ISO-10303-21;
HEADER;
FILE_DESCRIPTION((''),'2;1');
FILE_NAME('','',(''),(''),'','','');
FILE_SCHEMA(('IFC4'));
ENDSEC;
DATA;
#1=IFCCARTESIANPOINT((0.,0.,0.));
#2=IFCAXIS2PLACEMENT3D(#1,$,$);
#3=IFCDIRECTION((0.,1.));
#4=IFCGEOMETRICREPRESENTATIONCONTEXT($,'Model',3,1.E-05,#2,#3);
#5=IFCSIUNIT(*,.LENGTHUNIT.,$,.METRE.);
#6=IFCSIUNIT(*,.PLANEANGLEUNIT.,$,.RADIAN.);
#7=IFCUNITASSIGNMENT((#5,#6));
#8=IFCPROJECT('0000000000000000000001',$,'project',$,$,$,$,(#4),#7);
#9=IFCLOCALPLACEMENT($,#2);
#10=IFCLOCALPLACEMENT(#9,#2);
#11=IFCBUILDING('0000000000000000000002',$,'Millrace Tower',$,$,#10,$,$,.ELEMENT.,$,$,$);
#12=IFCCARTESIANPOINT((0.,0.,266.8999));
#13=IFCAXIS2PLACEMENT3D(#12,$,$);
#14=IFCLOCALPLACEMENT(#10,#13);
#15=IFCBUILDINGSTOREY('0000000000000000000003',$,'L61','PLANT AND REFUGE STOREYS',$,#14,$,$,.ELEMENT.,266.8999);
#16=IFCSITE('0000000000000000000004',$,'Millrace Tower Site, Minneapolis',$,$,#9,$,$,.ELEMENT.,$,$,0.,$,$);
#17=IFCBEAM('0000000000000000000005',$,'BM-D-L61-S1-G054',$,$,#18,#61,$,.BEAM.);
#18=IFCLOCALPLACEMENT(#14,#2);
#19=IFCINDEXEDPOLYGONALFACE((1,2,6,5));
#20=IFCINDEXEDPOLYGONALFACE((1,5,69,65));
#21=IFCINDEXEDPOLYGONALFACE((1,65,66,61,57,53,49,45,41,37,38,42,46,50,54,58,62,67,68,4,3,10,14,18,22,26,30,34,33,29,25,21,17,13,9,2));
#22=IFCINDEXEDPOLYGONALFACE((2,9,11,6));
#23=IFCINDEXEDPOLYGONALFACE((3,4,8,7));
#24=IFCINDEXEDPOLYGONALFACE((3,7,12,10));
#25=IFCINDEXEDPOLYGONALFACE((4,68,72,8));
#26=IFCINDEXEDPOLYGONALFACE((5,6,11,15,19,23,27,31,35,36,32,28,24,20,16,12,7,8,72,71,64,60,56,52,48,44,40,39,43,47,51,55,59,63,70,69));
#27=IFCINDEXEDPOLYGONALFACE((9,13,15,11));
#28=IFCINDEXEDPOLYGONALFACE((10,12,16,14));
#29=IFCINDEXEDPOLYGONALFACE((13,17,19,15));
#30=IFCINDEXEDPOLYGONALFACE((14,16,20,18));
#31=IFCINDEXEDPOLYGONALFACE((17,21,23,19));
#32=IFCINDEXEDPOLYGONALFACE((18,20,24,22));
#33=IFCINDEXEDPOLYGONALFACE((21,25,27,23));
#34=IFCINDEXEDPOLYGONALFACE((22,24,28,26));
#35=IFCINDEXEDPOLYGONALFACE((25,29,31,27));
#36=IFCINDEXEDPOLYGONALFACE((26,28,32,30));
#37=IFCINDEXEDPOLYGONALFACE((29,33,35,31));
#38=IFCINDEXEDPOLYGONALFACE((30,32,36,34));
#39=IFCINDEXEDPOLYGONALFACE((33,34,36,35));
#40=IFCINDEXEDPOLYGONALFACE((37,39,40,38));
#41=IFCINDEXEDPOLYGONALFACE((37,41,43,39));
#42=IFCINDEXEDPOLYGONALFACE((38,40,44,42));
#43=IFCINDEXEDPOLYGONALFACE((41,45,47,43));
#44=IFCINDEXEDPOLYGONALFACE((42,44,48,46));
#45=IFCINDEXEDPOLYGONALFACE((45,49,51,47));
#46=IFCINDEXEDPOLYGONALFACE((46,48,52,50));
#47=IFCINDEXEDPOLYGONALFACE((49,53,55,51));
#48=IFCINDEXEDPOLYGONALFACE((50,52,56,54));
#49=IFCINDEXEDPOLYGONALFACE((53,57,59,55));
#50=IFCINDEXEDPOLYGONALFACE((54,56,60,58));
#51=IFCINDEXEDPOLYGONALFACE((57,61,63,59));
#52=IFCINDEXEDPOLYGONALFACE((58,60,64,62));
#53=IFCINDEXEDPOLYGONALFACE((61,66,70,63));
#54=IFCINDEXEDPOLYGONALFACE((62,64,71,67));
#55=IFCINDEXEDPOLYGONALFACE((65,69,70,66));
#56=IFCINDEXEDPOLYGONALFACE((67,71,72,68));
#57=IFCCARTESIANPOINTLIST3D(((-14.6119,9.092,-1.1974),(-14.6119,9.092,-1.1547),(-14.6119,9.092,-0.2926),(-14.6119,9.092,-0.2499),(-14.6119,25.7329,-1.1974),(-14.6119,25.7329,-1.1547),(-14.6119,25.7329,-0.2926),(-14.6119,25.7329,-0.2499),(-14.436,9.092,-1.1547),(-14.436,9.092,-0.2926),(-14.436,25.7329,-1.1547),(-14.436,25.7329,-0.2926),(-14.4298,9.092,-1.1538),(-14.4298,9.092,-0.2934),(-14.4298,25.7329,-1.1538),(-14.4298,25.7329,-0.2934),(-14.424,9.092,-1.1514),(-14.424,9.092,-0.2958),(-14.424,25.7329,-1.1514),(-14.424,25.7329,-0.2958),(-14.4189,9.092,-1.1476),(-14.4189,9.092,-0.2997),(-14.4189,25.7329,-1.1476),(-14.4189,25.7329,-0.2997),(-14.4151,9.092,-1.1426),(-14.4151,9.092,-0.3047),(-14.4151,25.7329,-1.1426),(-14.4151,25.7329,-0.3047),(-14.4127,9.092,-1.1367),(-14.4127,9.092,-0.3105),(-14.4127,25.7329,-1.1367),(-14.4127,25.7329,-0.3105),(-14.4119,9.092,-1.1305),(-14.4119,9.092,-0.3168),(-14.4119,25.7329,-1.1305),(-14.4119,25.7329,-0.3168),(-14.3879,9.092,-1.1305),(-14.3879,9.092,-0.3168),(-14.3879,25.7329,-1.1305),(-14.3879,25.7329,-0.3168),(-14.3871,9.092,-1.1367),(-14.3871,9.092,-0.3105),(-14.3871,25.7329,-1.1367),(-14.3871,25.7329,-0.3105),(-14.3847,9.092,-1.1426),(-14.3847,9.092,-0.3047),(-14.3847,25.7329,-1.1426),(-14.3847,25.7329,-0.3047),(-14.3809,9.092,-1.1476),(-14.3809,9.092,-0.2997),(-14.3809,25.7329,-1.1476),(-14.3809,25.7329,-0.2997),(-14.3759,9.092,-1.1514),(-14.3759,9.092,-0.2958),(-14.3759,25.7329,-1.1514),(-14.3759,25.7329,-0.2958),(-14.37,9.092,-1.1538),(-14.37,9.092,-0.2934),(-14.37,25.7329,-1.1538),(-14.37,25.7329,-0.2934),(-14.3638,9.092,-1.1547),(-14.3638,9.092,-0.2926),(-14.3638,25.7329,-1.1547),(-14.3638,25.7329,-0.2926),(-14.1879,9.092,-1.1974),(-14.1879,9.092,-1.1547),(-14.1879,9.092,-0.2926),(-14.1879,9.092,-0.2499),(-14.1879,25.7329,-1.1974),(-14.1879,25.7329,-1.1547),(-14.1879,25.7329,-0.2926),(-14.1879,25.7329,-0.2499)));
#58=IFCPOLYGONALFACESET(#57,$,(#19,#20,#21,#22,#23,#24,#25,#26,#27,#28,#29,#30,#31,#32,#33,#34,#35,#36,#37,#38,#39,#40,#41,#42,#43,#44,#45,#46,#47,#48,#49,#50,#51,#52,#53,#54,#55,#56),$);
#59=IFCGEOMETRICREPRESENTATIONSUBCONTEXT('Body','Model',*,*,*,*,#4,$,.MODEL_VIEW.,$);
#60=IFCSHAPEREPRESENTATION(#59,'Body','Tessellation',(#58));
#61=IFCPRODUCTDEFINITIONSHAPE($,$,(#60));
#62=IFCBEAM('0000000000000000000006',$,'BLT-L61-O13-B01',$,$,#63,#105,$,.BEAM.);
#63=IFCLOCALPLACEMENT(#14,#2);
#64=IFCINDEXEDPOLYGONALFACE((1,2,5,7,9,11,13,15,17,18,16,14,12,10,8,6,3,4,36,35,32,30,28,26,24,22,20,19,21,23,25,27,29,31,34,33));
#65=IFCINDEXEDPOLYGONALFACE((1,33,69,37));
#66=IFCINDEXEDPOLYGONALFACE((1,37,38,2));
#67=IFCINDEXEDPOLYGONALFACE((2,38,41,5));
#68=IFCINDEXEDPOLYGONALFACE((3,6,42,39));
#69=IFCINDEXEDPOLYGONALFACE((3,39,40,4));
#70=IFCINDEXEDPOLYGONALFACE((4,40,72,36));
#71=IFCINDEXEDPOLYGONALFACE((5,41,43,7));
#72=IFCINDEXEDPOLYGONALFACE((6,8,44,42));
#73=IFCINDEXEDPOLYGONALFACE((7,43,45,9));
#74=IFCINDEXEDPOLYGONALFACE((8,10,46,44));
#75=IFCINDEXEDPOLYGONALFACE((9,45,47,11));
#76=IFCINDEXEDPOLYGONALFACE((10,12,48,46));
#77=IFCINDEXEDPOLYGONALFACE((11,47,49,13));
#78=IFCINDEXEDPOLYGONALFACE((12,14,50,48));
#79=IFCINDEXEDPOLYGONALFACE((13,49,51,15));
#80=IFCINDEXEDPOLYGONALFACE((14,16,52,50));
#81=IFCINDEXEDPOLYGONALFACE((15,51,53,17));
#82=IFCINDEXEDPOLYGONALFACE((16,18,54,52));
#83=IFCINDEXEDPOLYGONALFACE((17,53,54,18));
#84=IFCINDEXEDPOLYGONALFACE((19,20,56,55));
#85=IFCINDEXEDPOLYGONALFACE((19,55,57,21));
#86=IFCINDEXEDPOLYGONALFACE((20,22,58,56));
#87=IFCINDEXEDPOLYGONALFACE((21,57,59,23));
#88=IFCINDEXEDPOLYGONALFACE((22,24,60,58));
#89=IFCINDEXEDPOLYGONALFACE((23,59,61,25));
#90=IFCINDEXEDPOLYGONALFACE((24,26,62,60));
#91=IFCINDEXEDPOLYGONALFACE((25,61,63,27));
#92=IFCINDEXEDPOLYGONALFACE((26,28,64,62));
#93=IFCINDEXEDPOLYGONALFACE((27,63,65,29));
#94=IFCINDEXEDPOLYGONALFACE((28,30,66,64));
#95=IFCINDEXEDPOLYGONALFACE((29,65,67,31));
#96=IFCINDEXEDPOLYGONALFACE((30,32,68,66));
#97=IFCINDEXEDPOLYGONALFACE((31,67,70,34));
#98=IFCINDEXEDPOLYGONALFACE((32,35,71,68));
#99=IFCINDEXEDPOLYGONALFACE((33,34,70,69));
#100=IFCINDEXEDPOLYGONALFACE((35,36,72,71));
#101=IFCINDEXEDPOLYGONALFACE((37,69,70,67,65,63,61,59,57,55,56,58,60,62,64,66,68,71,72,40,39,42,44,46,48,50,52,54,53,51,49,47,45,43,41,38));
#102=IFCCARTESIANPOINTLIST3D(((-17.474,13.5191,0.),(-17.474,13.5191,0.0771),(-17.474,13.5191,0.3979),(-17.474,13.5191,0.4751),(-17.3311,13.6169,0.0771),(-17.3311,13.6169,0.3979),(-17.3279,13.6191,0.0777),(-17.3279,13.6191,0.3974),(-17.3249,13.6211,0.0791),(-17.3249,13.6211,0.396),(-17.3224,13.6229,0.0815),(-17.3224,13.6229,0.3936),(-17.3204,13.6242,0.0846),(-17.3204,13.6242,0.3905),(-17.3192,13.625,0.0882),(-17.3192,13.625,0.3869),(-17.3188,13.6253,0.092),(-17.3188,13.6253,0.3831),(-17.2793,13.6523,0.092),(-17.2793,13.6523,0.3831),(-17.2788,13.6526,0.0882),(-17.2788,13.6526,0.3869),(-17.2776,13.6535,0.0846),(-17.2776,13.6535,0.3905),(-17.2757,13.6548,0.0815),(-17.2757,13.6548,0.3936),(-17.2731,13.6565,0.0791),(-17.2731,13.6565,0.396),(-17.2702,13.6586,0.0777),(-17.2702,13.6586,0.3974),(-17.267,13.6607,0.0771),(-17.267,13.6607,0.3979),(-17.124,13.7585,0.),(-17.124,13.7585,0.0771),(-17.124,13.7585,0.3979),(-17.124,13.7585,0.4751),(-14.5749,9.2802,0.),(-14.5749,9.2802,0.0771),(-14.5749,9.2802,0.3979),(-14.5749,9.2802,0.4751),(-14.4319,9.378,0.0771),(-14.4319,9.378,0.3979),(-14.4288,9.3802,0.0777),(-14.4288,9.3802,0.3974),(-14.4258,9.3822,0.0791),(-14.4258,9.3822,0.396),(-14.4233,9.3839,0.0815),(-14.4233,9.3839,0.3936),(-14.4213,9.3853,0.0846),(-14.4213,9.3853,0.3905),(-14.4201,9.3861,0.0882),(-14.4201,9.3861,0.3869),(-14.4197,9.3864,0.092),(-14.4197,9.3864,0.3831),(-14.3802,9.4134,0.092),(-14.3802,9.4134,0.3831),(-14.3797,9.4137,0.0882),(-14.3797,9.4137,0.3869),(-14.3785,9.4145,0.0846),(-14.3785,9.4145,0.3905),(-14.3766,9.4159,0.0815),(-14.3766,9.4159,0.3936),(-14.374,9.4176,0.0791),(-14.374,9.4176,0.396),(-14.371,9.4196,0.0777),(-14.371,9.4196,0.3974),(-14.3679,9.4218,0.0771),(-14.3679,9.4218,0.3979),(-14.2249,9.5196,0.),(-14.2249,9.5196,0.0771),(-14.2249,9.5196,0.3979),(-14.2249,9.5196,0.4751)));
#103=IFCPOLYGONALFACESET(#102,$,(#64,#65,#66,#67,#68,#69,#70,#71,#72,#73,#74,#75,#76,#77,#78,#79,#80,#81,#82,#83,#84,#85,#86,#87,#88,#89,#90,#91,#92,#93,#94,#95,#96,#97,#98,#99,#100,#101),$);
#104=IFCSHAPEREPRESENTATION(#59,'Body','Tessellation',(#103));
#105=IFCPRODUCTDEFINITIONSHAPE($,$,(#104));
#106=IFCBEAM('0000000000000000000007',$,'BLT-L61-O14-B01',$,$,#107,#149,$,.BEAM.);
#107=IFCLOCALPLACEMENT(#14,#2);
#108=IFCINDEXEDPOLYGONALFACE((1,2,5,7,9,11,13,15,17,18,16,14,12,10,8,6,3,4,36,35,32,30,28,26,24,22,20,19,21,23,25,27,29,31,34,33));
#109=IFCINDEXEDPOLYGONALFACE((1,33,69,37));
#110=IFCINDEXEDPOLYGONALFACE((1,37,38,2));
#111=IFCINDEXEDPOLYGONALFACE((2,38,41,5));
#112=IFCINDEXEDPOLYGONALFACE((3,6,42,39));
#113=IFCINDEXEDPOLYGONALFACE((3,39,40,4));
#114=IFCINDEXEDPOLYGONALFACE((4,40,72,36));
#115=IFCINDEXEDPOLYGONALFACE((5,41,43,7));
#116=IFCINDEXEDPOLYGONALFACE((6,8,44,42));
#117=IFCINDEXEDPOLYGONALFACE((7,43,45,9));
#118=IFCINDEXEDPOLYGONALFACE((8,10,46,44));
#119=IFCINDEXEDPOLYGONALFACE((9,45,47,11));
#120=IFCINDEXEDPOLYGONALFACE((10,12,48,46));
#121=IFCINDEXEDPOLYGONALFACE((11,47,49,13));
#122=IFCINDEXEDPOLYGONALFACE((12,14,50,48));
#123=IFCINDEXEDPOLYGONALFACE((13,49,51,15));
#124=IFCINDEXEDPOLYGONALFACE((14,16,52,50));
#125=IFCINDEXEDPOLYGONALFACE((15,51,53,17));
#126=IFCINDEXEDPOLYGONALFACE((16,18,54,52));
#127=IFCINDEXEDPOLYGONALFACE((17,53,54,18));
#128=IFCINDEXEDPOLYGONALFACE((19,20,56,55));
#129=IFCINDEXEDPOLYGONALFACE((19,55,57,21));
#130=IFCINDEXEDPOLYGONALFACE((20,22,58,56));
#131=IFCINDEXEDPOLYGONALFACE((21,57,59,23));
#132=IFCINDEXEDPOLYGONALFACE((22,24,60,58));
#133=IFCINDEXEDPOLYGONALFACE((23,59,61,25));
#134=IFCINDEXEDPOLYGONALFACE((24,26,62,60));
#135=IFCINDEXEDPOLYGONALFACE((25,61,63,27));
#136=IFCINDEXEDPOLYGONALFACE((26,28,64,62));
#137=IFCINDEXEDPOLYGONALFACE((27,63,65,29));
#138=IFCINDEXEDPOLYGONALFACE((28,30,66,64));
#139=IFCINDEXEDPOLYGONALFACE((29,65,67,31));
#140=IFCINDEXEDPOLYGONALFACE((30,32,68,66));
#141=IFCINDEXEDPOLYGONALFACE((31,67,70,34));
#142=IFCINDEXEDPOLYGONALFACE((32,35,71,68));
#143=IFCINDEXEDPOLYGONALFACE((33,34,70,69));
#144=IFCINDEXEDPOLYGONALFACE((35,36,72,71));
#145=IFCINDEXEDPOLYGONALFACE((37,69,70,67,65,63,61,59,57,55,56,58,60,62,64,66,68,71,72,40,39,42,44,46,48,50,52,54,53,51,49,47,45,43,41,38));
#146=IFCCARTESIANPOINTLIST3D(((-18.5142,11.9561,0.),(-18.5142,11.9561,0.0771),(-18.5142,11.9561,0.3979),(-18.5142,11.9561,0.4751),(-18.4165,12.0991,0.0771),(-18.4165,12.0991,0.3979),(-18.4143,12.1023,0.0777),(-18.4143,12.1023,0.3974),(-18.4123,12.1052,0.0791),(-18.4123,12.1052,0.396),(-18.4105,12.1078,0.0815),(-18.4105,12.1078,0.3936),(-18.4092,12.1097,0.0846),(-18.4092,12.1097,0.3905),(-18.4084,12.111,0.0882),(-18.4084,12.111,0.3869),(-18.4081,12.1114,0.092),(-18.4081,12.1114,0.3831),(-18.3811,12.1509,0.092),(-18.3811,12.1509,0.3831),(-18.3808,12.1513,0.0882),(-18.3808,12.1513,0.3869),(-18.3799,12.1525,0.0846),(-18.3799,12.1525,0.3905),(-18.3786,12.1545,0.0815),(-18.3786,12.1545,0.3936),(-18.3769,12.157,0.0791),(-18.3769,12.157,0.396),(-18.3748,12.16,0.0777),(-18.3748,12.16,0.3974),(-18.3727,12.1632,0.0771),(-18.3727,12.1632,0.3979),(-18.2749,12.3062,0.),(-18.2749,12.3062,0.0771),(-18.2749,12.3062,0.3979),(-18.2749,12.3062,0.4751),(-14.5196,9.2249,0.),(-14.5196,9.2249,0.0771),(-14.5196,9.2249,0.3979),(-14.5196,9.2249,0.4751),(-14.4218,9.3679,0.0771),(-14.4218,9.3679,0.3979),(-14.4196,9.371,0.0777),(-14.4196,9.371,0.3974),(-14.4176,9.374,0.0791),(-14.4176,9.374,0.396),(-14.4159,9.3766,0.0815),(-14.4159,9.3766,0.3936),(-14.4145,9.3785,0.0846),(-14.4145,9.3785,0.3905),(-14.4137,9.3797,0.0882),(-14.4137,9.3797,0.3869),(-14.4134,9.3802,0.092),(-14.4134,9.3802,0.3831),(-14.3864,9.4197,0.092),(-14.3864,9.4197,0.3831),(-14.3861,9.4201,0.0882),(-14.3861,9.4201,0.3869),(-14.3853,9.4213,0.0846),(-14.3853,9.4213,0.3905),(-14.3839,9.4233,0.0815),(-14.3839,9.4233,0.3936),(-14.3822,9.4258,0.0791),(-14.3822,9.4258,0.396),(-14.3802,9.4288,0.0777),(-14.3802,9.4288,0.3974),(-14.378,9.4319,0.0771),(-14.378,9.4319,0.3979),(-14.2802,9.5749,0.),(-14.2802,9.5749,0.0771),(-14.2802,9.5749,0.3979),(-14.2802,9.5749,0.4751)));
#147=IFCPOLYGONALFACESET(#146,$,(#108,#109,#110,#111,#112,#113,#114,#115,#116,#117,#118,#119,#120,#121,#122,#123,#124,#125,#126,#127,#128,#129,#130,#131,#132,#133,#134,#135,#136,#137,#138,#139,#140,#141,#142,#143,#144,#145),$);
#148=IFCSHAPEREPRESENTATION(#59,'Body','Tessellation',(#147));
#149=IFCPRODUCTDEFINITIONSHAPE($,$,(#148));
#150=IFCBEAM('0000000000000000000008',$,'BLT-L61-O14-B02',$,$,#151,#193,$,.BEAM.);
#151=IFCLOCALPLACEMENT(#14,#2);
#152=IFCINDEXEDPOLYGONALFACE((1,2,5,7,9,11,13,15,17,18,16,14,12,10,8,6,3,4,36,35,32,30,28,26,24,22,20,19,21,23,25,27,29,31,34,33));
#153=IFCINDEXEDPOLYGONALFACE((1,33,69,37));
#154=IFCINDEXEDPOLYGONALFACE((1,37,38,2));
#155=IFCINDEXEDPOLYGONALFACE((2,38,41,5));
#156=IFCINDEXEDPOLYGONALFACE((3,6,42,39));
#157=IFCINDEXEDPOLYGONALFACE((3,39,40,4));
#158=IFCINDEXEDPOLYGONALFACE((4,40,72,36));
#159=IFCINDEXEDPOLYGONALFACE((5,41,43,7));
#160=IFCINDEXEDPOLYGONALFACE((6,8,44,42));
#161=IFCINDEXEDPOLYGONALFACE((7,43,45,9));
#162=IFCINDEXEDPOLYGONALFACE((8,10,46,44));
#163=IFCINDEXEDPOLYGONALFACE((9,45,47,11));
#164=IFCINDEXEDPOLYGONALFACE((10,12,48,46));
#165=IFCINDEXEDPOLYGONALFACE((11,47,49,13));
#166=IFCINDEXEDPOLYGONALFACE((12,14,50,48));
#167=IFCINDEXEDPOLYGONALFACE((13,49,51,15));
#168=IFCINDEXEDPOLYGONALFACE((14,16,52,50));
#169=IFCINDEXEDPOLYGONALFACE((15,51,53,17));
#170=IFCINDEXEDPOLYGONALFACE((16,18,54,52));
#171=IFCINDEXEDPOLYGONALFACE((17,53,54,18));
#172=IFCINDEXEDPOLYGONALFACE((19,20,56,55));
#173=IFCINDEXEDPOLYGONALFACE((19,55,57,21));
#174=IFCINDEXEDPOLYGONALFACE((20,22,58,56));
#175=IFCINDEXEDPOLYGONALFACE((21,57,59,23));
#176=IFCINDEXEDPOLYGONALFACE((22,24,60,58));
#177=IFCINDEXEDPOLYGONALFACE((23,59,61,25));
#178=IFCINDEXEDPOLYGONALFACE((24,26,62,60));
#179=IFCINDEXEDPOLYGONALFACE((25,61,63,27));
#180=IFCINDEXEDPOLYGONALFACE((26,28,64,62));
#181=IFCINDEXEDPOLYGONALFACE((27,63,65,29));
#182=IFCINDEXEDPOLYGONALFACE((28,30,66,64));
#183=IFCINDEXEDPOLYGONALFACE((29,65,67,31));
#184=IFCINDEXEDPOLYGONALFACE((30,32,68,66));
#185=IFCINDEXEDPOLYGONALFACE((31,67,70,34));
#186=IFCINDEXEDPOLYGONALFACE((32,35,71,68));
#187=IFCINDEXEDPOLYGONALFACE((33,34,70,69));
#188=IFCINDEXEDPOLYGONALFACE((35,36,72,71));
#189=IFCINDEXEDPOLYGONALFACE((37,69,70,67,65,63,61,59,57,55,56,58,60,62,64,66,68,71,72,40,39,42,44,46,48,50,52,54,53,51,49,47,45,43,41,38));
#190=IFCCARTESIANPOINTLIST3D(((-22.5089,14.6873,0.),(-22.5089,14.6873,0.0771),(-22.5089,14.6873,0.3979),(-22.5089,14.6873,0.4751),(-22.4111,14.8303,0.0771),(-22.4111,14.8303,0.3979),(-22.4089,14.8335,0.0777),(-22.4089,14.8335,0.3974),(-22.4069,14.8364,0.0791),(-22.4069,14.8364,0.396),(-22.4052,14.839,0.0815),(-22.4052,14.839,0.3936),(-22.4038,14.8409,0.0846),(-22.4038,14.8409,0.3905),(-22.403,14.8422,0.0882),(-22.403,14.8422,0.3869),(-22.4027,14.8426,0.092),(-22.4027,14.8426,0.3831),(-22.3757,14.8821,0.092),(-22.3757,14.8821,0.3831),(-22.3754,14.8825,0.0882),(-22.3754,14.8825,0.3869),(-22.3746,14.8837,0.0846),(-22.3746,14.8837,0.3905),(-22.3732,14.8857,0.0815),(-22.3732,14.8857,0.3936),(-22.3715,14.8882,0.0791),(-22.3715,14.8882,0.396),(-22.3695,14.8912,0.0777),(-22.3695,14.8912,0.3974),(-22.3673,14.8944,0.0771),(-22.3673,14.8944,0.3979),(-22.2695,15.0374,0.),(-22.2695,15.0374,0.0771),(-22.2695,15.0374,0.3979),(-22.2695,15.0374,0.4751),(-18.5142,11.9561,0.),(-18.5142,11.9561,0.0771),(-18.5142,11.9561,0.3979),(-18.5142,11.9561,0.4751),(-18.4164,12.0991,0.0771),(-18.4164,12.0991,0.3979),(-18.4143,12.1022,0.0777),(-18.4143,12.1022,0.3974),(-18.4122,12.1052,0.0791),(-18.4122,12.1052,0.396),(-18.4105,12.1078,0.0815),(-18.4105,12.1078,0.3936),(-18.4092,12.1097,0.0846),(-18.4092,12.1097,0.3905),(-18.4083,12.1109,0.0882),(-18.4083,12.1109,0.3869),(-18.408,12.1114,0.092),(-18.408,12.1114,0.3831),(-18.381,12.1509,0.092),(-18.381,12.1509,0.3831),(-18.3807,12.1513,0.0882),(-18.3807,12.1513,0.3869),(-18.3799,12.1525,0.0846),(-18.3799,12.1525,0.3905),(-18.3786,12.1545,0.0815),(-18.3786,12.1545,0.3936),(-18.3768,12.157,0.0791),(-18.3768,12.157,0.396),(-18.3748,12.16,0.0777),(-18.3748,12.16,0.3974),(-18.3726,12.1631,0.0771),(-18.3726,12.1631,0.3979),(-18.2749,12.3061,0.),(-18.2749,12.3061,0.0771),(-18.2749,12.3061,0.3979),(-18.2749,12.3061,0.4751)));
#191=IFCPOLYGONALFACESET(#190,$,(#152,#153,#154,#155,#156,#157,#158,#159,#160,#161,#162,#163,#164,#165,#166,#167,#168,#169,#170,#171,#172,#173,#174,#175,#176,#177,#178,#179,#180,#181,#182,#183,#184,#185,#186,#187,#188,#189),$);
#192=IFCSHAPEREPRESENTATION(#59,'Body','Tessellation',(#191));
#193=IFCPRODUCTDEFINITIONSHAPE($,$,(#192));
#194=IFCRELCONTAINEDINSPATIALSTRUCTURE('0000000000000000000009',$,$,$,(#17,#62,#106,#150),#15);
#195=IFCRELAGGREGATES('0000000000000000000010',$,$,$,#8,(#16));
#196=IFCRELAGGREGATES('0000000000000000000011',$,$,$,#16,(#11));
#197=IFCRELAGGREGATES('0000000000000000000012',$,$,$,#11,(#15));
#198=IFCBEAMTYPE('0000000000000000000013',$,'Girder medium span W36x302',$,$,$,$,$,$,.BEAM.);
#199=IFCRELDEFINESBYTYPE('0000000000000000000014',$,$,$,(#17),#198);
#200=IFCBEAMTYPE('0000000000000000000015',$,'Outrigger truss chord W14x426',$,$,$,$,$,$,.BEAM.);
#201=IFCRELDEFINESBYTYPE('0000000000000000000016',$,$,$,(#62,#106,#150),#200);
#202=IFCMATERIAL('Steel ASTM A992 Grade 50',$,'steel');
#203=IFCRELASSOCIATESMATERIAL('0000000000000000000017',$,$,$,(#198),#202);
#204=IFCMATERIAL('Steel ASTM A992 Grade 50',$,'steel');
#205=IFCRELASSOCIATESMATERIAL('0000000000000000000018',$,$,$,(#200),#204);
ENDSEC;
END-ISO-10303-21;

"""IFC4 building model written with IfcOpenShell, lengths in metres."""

from ifc_helpers import new_model, si_unit, direction, frame, origin, origin_2d, place, context, subcontext, project, spatial, i_section, extrude, material, material_profile, profile_set, type_object, element, save


model = new_model("IFC4")

# Units and contexts
model_context = context("Model", 3, precision=1e-05, world=origin(), true_north=direction((0.0, 1.0)))
body_context = subcontext(model_context, "Body", "Model", "MODEL_VIEW")
ifc_project = project(units=[si_unit("LENGTHUNIT", "METRE"), si_unit("PLANEANGLEUNIT", "RADIAN")], contexts=[model_context])

# Site, building, storey
site_placement = place(None, origin())
site = spatial("IfcSite", under=ifc_project, at=site_placement, Name="Millrace Tower Site, Minneapolis", CompositionType="ELEMENT", RefElevation=0.0)
building_placement = place(site_placement, origin())
building = spatial("IfcBuilding", under=site, at=building_placement, Name="Millrace Tower", CompositionType="ELEMENT")
storey_placement = place(building_placement, frame((0.0, 0.0, 266.8999)))
storey = spatial("IfcBuildingStorey", under=building, at=storey_placement, Name="L61", Description="PLANT AND REFUGE STOREYS", CompositionType="ELEMENT", Elevation=266.8999)

# Beams
ifc_material_1 = material(Name="Steel ASTM A992 Grade 50", Category="steel")
ifc_material_profile_1 = material_profile(ifc_material_1, i_section(OverallWidth=0.4241, OverallDepth=0.9475, WebThickness=0.0239, FlangeThickness=0.0427, FilletRadius=0.0242, at=origin_2d()))
ifc_profile_set_1 = profile_set([ifc_material_profile_1], Name="Steel ASTM A992 Grade 50")
beam_type_1 = type_object("IfcBeamType", Name="Girder medium span W36x302", PredefinedType="BEAM", material=ifc_profile_set_1)
beam_1_placement = place(storey_placement, frame((-14.3999, 9.092, -0.7236), z_axis=(0.0, 1.0, 0.0), x_axis=(-1.0, 0.0, 0.0)))
element("IfcBeam", 1, at=beam_1_placement, inside=storey, type_object=beam_type_1, Name="BM-D-L61-S1-G054", PredefinedType="BEAM", context=body_context, shape_type="SweptSolid", body=[
    extrude(i_section(OverallWidth=0.4241, OverallDepth=0.9475, WebThickness=0.0239, FlangeThickness=0.0427, FilletRadius=0.0242, at=origin_2d()), origin(), (0.0, 0.0, 1.0), 16.6409),
])
ifc_material_2 = material(Name="Steel ASTM A992 Grade 50", Category="steel")
ifc_material_profile_2 = material_profile(ifc_material_2, i_section(OverallWidth=0.4241, OverallDepth=0.4751, WebThickness=0.0479, FlangeThickness=0.0771, FilletRadius=0.0149, at=origin_2d()))
ifc_profile_set_2 = profile_set([ifc_material_profile_2], Name="Steel ASTM A992 Grade 50")
beam_type_2 = type_object("IfcBeamType", Name="Outrigger truss chord W14x426", PredefinedType="BEAM", material=ifc_profile_set_2)
beam_2_placement = place(storey_placement, frame((-14.3999, 9.3999, 0.2375), z_axis=(-0.564524, 0.825417, 0.0), x_axis=(-0.825417, -0.564524, 0.0)))
element("IfcBeam", 2, at=beam_2_placement, inside=storey, type_object=beam_type_2, Name="BLT-L61-O13-B01", PredefinedType="BEAM", context=body_context, shape_type="SweptSolid", body=[
    extrude(i_section(OverallWidth=0.4241, OverallDepth=0.4751, WebThickness=0.0479, FlangeThickness=0.0771, FilletRadius=0.0149, at=origin_2d()), origin(), (0.0, 0.0, 1.0), 5.1355),
])
for number, where, z_axis, x_axis, name in (
    (3, (-14.3999, 9.3999, 0.2375), (-0.825497, 0.564407, 0.0), (-0.564407, -0.825497, 0.0), "BLT-L61-O14-B01"),
    (4, (-18.3945, 12.1311, 0.2375), (-0.825497, 0.564407, 0.0), (-0.564407, -0.825497, 0.0), "BLT-L61-O14-B02"),
):
    element("IfcBeam", number, at=place(storey_placement, frame(where, z_axis=z_axis, x_axis=x_axis)), inside=storey, type_object=beam_type_2, Name=name, PredefinedType="BEAM", context=body_context, shape_type="SweptSolid", body=[
        extrude(i_section(OverallWidth=0.4241, OverallDepth=0.4751, WebThickness=0.0479, FlangeThickness=0.0771, FilletRadius=0.0149, at=origin_2d()), origin(), (0.0, 0.0, 1.0), 4.8391),
    ])

save(model, "model.ifc")
